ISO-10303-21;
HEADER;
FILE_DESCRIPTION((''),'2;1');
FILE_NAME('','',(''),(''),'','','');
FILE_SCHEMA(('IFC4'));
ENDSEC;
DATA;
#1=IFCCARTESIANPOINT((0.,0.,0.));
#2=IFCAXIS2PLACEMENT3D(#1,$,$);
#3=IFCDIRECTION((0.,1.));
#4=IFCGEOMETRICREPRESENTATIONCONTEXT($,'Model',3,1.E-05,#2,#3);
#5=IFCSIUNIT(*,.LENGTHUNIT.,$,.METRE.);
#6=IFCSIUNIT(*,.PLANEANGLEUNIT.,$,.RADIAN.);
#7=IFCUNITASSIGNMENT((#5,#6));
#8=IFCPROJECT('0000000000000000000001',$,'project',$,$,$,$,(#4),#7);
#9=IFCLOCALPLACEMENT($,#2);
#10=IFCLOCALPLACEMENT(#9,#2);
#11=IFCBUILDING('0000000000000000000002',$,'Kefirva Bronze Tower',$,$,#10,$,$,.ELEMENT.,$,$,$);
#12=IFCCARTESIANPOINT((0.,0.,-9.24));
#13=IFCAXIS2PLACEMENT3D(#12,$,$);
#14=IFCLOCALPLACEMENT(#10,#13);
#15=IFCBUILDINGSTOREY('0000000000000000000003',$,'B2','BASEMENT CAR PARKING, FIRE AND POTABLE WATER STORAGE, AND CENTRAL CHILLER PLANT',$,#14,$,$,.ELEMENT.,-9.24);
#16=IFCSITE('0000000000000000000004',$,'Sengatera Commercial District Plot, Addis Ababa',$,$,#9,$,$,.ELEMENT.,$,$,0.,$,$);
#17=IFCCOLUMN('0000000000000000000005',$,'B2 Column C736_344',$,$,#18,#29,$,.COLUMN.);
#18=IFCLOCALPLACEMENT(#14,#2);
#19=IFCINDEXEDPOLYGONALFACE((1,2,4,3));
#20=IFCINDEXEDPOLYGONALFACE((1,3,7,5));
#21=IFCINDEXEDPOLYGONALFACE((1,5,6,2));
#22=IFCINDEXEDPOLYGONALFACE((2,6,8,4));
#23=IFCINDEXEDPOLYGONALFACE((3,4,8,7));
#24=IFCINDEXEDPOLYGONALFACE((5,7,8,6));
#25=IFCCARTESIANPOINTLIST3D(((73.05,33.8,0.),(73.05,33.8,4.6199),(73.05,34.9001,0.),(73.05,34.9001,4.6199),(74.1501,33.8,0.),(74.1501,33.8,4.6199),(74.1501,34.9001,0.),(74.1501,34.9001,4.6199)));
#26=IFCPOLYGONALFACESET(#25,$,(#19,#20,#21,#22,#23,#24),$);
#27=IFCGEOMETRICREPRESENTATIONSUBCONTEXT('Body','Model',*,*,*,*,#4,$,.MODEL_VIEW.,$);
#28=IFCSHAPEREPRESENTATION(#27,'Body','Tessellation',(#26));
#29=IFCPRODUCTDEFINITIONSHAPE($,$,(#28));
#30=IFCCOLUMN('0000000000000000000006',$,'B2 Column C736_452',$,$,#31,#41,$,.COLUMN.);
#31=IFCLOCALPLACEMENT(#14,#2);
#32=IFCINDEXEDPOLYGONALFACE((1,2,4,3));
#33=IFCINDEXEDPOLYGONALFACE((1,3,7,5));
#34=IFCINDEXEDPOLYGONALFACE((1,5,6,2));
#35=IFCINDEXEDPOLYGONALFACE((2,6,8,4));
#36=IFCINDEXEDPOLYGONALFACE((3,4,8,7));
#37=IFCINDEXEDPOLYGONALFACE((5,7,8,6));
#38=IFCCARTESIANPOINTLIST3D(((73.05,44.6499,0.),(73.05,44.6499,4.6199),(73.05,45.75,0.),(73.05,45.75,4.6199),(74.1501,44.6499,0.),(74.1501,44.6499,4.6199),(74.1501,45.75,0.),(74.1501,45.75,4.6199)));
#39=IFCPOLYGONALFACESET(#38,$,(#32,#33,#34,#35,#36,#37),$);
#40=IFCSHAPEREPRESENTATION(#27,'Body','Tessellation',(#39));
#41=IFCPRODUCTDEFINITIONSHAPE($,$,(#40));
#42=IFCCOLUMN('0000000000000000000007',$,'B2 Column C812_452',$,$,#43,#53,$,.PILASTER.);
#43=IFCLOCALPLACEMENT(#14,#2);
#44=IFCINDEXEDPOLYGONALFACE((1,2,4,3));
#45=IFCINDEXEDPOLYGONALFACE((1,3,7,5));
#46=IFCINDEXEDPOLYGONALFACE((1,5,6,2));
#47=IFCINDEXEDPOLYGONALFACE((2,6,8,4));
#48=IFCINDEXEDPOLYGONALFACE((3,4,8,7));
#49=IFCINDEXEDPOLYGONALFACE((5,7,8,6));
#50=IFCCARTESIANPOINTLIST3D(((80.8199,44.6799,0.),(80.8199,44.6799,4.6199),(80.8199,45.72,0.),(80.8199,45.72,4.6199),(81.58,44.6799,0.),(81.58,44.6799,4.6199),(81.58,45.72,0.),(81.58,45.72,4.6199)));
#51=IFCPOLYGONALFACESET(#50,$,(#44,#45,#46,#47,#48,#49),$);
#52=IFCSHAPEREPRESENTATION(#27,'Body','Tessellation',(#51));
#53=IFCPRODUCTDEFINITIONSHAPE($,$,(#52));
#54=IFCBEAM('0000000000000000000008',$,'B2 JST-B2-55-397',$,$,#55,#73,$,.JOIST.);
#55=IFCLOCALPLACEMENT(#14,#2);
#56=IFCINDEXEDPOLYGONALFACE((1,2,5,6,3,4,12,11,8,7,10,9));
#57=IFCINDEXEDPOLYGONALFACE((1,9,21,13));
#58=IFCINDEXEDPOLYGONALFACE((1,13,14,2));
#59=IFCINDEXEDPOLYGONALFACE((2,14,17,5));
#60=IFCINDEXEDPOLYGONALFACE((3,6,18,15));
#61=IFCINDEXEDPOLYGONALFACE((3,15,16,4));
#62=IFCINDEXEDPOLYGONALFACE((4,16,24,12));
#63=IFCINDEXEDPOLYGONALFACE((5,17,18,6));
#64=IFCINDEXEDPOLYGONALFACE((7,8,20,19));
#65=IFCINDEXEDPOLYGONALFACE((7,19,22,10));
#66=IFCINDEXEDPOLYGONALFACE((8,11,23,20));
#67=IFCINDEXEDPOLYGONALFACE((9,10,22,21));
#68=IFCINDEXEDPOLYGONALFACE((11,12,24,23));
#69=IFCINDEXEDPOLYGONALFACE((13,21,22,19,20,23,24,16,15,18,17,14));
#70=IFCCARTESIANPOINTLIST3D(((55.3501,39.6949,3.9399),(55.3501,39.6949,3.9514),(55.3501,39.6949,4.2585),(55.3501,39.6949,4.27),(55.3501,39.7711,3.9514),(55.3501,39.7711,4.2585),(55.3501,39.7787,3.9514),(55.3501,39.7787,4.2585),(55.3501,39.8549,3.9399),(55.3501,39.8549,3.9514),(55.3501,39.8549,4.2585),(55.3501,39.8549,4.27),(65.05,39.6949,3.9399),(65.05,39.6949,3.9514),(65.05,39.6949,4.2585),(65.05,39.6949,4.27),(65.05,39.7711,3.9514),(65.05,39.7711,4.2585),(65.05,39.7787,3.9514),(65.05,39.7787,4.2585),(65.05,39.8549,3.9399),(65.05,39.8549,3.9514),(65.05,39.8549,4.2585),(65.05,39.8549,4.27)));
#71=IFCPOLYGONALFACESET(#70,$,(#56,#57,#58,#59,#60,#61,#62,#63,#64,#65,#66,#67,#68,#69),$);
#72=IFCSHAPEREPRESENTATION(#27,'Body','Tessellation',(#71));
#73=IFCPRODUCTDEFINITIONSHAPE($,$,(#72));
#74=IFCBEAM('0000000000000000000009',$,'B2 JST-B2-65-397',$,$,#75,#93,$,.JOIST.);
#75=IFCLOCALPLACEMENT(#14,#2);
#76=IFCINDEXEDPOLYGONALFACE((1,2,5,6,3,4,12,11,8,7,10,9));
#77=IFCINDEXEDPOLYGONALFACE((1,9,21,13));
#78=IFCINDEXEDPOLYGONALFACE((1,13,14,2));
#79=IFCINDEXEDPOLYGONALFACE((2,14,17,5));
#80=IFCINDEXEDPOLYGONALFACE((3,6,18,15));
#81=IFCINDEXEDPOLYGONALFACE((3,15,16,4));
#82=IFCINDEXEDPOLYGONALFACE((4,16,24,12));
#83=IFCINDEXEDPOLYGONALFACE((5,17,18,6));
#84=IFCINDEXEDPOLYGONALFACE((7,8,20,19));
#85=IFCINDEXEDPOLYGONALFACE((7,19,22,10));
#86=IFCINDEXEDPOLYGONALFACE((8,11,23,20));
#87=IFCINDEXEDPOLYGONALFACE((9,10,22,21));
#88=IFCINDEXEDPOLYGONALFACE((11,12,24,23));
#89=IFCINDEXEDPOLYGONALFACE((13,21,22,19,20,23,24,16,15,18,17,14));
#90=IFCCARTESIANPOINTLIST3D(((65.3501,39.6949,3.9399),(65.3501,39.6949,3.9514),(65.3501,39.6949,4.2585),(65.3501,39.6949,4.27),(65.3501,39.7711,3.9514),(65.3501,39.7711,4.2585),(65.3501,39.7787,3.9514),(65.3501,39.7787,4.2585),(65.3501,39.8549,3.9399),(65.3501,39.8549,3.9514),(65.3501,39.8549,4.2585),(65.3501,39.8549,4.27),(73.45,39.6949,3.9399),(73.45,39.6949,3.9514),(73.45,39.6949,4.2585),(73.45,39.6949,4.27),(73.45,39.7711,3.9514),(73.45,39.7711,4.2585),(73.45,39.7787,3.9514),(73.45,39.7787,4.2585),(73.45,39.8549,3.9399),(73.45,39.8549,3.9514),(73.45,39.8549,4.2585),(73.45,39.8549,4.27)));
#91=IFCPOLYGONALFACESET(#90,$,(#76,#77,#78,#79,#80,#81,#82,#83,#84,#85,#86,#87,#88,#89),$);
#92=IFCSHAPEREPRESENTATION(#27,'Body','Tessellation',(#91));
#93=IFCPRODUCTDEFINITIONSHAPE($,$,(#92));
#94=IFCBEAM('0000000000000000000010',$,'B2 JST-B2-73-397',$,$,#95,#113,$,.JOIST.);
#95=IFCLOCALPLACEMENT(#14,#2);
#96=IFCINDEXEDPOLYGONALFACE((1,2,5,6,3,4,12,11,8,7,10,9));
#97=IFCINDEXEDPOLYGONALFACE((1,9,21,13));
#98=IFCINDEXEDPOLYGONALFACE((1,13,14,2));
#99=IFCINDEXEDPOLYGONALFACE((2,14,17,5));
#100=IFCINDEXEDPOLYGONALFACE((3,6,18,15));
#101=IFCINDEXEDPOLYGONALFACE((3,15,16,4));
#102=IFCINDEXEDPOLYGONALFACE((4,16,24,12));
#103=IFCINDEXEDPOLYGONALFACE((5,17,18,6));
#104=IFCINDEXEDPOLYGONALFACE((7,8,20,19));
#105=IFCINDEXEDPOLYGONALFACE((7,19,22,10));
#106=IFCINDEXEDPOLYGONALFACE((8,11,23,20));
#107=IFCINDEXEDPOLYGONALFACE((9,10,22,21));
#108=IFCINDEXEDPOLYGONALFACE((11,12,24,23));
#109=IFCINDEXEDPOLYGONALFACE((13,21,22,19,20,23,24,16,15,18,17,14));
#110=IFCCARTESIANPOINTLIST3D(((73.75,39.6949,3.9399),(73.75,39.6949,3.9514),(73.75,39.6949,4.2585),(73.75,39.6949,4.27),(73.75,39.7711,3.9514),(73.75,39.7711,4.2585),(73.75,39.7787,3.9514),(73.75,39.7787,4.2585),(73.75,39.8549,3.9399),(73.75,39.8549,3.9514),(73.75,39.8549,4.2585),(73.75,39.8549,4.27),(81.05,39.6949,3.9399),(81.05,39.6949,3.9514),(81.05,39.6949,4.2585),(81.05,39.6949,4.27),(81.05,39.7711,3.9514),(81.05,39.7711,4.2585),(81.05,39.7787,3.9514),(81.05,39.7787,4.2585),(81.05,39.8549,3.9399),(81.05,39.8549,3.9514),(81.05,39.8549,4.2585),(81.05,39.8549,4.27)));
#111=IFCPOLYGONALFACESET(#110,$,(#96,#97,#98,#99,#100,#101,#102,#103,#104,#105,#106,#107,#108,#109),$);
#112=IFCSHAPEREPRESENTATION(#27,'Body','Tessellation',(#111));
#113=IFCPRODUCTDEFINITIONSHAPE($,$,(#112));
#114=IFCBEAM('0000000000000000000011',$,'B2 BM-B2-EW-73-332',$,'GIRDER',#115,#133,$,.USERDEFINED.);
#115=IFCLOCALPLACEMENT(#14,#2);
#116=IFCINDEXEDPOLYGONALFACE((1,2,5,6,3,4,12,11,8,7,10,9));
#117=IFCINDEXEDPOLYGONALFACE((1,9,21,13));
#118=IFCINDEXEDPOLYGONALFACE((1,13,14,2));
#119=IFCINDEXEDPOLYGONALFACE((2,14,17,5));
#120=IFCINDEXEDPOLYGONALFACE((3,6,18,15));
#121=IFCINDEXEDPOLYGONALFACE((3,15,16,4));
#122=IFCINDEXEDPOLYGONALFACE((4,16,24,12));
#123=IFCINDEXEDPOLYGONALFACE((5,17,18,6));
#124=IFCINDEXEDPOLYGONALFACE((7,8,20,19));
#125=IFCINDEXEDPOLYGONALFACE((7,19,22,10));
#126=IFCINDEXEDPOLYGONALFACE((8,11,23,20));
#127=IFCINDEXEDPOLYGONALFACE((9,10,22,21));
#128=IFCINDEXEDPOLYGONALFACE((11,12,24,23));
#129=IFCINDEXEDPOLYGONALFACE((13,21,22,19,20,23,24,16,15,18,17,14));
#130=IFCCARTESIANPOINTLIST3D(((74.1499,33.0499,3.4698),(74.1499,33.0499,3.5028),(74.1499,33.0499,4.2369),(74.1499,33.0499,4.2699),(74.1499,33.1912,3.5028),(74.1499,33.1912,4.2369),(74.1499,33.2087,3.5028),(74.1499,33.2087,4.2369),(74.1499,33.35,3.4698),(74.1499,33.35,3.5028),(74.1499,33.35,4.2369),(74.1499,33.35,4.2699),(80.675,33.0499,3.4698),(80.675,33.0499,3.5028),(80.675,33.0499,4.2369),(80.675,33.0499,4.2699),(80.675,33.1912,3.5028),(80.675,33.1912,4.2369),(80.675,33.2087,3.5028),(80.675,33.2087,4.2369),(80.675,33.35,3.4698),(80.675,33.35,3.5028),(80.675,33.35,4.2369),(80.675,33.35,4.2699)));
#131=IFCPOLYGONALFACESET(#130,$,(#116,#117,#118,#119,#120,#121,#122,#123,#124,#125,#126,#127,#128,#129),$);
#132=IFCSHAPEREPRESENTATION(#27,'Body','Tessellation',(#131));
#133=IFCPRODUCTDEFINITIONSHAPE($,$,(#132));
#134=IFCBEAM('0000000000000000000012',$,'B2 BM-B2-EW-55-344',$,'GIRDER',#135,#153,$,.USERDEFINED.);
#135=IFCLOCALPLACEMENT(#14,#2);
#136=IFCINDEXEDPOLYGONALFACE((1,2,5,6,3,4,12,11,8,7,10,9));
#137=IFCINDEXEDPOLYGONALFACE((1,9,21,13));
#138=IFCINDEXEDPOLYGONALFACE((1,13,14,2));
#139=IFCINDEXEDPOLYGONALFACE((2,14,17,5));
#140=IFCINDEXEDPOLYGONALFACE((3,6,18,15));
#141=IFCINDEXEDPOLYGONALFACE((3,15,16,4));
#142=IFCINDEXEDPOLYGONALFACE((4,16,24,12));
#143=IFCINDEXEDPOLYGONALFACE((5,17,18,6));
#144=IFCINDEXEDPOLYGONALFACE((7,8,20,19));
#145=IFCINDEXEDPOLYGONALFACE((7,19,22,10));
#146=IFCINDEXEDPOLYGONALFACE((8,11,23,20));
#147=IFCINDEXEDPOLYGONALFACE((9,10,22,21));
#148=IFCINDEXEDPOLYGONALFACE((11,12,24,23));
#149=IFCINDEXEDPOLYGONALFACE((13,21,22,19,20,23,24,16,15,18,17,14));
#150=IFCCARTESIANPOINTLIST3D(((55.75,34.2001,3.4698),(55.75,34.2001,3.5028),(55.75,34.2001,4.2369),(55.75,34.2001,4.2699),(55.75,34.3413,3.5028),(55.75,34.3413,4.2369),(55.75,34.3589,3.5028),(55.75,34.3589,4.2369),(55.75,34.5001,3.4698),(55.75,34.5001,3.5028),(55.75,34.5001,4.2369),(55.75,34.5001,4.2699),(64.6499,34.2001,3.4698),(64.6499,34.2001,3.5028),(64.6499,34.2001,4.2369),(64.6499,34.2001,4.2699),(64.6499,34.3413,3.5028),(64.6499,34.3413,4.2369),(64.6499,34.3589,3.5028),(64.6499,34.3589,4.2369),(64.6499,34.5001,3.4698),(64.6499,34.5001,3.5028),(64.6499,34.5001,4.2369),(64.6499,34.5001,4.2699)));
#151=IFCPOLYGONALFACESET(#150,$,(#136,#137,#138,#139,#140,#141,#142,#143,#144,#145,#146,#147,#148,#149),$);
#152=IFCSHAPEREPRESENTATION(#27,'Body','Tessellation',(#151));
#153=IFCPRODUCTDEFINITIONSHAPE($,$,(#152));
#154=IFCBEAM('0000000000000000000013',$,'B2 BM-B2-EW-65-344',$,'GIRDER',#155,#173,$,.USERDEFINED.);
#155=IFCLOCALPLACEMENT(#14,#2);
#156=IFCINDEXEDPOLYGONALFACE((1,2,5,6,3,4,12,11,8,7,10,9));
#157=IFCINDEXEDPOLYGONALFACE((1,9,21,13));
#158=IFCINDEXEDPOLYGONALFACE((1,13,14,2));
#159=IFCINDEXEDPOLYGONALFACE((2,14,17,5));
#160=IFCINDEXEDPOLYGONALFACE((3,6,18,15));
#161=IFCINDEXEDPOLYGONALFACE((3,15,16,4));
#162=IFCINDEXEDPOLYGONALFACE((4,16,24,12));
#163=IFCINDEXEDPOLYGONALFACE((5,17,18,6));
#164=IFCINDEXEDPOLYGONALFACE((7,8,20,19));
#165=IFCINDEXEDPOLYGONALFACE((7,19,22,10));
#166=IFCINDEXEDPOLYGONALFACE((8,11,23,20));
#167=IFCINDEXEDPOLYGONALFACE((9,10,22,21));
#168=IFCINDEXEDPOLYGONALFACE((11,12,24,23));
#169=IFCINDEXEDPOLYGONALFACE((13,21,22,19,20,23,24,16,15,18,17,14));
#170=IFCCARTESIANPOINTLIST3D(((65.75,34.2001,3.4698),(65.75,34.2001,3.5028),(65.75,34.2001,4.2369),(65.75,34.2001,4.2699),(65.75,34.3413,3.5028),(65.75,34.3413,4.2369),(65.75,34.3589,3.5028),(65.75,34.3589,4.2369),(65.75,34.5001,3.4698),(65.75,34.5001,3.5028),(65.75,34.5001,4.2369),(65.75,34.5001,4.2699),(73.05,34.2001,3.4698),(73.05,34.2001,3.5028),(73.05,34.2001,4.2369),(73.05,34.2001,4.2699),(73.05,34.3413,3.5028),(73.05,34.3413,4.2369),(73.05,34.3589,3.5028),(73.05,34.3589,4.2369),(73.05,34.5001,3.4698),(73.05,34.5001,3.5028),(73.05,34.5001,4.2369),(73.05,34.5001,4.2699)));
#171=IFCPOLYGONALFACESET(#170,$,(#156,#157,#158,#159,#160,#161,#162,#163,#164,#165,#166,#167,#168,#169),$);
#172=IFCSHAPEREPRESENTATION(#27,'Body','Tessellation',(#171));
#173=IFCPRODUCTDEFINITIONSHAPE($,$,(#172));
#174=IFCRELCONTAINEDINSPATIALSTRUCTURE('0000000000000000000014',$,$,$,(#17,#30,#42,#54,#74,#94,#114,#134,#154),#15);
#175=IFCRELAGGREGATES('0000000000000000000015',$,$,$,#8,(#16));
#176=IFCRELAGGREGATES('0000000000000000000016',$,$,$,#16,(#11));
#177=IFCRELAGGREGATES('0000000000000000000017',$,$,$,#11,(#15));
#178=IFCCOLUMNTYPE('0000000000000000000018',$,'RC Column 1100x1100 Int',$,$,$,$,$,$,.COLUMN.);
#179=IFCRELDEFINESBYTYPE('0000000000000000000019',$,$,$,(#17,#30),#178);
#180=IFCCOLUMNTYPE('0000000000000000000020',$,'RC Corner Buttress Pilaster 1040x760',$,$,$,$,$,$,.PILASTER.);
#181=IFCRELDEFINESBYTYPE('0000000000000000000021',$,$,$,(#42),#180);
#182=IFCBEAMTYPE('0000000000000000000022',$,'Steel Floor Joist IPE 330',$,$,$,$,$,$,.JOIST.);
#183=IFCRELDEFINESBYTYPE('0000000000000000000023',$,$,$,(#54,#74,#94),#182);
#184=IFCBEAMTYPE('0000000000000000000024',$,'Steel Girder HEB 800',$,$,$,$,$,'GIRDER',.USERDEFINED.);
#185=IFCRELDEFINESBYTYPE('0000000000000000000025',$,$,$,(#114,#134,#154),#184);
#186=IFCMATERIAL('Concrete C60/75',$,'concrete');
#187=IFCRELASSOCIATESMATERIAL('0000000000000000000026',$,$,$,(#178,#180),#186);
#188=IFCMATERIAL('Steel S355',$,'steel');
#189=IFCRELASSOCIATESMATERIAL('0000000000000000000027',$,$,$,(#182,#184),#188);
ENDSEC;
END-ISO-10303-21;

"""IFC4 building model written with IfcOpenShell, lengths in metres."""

from ifc_helpers import new_model, si_unit, direction, frame, origin, origin_2d, place, context, subcontext, project, spatial, rectangle, i_section, extrude, material, material_profile, profile_set, type_object, element, save


model = new_model("IFC4")

# Units and contexts
model_context = context("Model", 3, precision=1e-05, world=origin(), true_north=direction((0.0, 1.0)))
body_context = subcontext(model_context, "Body", "Model", "MODEL_VIEW")
ifc_project = project(units=[si_unit("LENGTHUNIT", "METRE"), si_unit("PLANEANGLEUNIT", "RADIAN")], contexts=[model_context])

# Site, building, storey
site_placement = place(None, origin())
site = spatial("IfcSite", under=ifc_project, at=site_placement, Name="Sengatera Commercial District Plot, Addis Ababa", CompositionType="ELEMENT", RefElevation=0.0)
building_placement = place(site_placement, origin())
building = spatial("IfcBuilding", under=site, at=building_placement, Name="Kefirva Bronze Tower", CompositionType="ELEMENT")
storey_placement = place(building_placement, frame((0.0, 0.0, -9.24)))
storey = spatial("IfcBuildingStorey", under=building, at=storey_placement, Name="B2", Description="BASEMENT CAR PARKING, FIRE AND POTABLE WATER STORAGE, AND CENTRAL CHILLER PLANT", CompositionType="ELEMENT", Elevation=-9.24)

# Columns
ifc_material_1 = material(Name="Concrete C60/75", Category="concrete")
ifc_material_profile_1 = material_profile(ifc_material_1, rectangle(XDim=1.1001, YDim=1.1001, at=origin_2d()), Name="RC 1100x1100")
ifc_profile_set_1 = profile_set([ifc_material_profile_1], Name="Concrete C60/75")
column_type_1 = type_object("IfcColumnType", Name="RC Column 1100x1100 Int", PredefinedType="COLUMN", material=ifc_profile_set_1)
for number, where, z_axis, x_axis, name in (
    (1, (73.6001, 34.3501, 0.0), (0.0, 0.0, 1.0), (1.0, 0.0, 0.0), "B2 Column C736_344"),
    (2, (73.6001, 45.2, 0.0), (0.0, 0.0, 1.0), (1.0, 0.0, 0.0), "B2 Column C736_452"),
):
    element("IfcColumn", number, at=place(storey_placement, frame(where, z_axis=z_axis, x_axis=x_axis)), inside=storey, type_object=column_type_1, Name=name, PredefinedType="COLUMN", context=body_context, shape_type="SweptSolid", body=[
        extrude(rectangle(XDim=1.1001, YDim=1.1001, at=origin_2d()), origin(), (0.0, 0.0, 1.0), 4.6199),
    ])
ifc_material_profile_2 = material_profile(ifc_material_1, rectangle(XDim=0.76, YDim=1.04, at=origin_2d()), Name="RC 760x1040")
ifc_profile_set_2 = profile_set([ifc_material_profile_2], Name="Concrete C60/75")
column_type_2 = type_object("IfcColumnType", Name="RC Corner Buttress Pilaster 1040x760", PredefinedType="PILASTER", material=ifc_profile_set_2)
column_placement = place(storey_placement, frame((81.2, 45.2, 0.0), z_axis=(0.0, 0.0, 1.0), x_axis=(1.0, 0.0, 0.0)))
element("IfcColumn", 3, at=column_placement, inside=storey, type_object=column_type_2, Name="B2 Column C812_452", PredefinedType="PILASTER", context=body_context, shape_type="SweptSolid", body=[
    extrude(rectangle(XDim=0.76, YDim=1.04, at=origin_2d()), origin(), (0.0, 0.0, 1.0), 4.6199),
])

# Beams
ifc_material_2 = material(Name="Steel S355", Category="steel")
ifc_material_profile_3 = material_profile(ifc_material_2, i_section(OverallWidth=0.1599, OverallDepth=0.3301, WebThickness=0.0076, FlangeThickness=0.0115, at=origin_2d()), Name="IPE 330")
ifc_profile_set_3 = profile_set([ifc_material_profile_3], Name="Steel S355")
beam_type_1 = type_object("IfcBeamType", Name="Steel Floor Joist IPE 330", PredefinedType="JOIST", material=ifc_profile_set_3)
beam_1_placement = place(storey_placement, frame((55.3501, 39.7749, 4.105), z_axis=(1.0, 0.0, 0.0), x_axis=(0.0, 1.0, 0.0)))
element("IfcBeam", 4, at=beam_1_placement, inside=storey, type_object=beam_type_1, Name="B2 JST-B2-55-397", PredefinedType="JOIST", context=body_context, shape_type="SweptSolid", body=[
    extrude(i_section(OverallWidth=0.1599, OverallDepth=0.3301, WebThickness=0.0076, FlangeThickness=0.0115, at=origin_2d()), origin(), (0.0, 0.0, 1.0), 9.7),
])
beam_2_placement = place(storey_placement, frame((65.3501, 39.7749, 4.105), z_axis=(1.0, 0.0, 0.0), x_axis=(0.0, 1.0, 0.0)))
element("IfcBeam", 5, at=beam_2_placement, inside=storey, type_object=beam_type_1, Name="B2 JST-B2-65-397", PredefinedType="JOIST", context=body_context, shape_type="SweptSolid", body=[
    extrude(i_section(OverallWidth=0.1599, OverallDepth=0.3301, WebThickness=0.0076, FlangeThickness=0.0115, at=origin_2d()), origin(), (0.0, 0.0, 1.0), 8.0999),
])
beam_3_placement = place(storey_placement, frame((73.75, 39.7749, 4.105), z_axis=(1.0, 0.0, 0.0), x_axis=(0.0, 1.0, 0.0)))
element("IfcBeam", 6, at=beam_3_placement, inside=storey, type_object=beam_type_1, Name="B2 JST-B2-73-397", PredefinedType="JOIST", context=body_context, shape_type="SweptSolid", body=[
    extrude(i_section(OverallWidth=0.1599, OverallDepth=0.3301, WebThickness=0.0076, FlangeThickness=0.0115, at=origin_2d()), origin(), (0.0, 0.0, 1.0), 7.3),
])
ifc_material_profile_4 = material_profile(ifc_material_2, i_section(OverallWidth=0.3, OverallDepth=0.8, WebThickness=0.0176, FlangeThickness=0.033, at=origin_2d()), Name="HEB 800")
ifc_profile_set_4 = profile_set([ifc_material_profile_4], Name="Steel S355")
beam_type_2 = type_object("IfcBeamType", Name="Steel Girder HEB 800", ElementType="GIRDER", PredefinedType="USERDEFINED", material=ifc_profile_set_4)
beam_4_placement = place(storey_placement, frame((74.1499, 33.2, 3.8699), z_axis=(1.0, 0.0, 0.0), x_axis=(0.0, 1.0, 0.0)))
element("IfcBeam", 7, at=beam_4_placement, inside=storey, type_object=beam_type_2, Name="B2 BM-B2-EW-73-332", ObjectType="GIRDER", PredefinedType="USERDEFINED", context=body_context, shape_type="SweptSolid", body=[
    extrude(i_section(OverallWidth=0.3, OverallDepth=0.8, WebThickness=0.0176, FlangeThickness=0.033, at=origin_2d()), origin(), (0.0, 0.0, 1.0), 6.5251),
])
beam_5_placement = place(storey_placement, frame((55.75, 34.3501, 3.8699), z_axis=(1.0, 0.0, 0.0), x_axis=(0.0, 1.0, 0.0)))
element("IfcBeam", 8, at=beam_5_placement, inside=storey, type_object=beam_type_2, Name="B2 BM-B2-EW-55-344", ObjectType="GIRDER", PredefinedType="USERDEFINED", context=body_context, shape_type="SweptSolid", body=[
    extrude(i_section(OverallWidth=0.3, OverallDepth=0.8, WebThickness=0.0176, FlangeThickness=0.033, at=origin_2d()), origin(), (0.0, 0.0, 1.0), 8.8999),
])
beam_6_placement = place(storey_placement, frame((65.75, 34.3501, 3.8699), z_axis=(1.0, 0.0, 0.0), x_axis=(0.0, 1.0, 0.0)))
element("IfcBeam", 9, at=beam_6_placement, inside=storey, type_object=beam_type_2, Name="B2 BM-B2-EW-65-344", ObjectType="GIRDER", PredefinedType="USERDEFINED", context=body_context, shape_type="SweptSolid", body=[
    extrude(i_section(OverallWidth=0.3, OverallDepth=0.8, WebThickness=0.0176, FlangeThickness=0.033, at=origin_2d()), origin(), (0.0, 0.0, 1.0), 7.3),
])

save(model, "model.ifc")
